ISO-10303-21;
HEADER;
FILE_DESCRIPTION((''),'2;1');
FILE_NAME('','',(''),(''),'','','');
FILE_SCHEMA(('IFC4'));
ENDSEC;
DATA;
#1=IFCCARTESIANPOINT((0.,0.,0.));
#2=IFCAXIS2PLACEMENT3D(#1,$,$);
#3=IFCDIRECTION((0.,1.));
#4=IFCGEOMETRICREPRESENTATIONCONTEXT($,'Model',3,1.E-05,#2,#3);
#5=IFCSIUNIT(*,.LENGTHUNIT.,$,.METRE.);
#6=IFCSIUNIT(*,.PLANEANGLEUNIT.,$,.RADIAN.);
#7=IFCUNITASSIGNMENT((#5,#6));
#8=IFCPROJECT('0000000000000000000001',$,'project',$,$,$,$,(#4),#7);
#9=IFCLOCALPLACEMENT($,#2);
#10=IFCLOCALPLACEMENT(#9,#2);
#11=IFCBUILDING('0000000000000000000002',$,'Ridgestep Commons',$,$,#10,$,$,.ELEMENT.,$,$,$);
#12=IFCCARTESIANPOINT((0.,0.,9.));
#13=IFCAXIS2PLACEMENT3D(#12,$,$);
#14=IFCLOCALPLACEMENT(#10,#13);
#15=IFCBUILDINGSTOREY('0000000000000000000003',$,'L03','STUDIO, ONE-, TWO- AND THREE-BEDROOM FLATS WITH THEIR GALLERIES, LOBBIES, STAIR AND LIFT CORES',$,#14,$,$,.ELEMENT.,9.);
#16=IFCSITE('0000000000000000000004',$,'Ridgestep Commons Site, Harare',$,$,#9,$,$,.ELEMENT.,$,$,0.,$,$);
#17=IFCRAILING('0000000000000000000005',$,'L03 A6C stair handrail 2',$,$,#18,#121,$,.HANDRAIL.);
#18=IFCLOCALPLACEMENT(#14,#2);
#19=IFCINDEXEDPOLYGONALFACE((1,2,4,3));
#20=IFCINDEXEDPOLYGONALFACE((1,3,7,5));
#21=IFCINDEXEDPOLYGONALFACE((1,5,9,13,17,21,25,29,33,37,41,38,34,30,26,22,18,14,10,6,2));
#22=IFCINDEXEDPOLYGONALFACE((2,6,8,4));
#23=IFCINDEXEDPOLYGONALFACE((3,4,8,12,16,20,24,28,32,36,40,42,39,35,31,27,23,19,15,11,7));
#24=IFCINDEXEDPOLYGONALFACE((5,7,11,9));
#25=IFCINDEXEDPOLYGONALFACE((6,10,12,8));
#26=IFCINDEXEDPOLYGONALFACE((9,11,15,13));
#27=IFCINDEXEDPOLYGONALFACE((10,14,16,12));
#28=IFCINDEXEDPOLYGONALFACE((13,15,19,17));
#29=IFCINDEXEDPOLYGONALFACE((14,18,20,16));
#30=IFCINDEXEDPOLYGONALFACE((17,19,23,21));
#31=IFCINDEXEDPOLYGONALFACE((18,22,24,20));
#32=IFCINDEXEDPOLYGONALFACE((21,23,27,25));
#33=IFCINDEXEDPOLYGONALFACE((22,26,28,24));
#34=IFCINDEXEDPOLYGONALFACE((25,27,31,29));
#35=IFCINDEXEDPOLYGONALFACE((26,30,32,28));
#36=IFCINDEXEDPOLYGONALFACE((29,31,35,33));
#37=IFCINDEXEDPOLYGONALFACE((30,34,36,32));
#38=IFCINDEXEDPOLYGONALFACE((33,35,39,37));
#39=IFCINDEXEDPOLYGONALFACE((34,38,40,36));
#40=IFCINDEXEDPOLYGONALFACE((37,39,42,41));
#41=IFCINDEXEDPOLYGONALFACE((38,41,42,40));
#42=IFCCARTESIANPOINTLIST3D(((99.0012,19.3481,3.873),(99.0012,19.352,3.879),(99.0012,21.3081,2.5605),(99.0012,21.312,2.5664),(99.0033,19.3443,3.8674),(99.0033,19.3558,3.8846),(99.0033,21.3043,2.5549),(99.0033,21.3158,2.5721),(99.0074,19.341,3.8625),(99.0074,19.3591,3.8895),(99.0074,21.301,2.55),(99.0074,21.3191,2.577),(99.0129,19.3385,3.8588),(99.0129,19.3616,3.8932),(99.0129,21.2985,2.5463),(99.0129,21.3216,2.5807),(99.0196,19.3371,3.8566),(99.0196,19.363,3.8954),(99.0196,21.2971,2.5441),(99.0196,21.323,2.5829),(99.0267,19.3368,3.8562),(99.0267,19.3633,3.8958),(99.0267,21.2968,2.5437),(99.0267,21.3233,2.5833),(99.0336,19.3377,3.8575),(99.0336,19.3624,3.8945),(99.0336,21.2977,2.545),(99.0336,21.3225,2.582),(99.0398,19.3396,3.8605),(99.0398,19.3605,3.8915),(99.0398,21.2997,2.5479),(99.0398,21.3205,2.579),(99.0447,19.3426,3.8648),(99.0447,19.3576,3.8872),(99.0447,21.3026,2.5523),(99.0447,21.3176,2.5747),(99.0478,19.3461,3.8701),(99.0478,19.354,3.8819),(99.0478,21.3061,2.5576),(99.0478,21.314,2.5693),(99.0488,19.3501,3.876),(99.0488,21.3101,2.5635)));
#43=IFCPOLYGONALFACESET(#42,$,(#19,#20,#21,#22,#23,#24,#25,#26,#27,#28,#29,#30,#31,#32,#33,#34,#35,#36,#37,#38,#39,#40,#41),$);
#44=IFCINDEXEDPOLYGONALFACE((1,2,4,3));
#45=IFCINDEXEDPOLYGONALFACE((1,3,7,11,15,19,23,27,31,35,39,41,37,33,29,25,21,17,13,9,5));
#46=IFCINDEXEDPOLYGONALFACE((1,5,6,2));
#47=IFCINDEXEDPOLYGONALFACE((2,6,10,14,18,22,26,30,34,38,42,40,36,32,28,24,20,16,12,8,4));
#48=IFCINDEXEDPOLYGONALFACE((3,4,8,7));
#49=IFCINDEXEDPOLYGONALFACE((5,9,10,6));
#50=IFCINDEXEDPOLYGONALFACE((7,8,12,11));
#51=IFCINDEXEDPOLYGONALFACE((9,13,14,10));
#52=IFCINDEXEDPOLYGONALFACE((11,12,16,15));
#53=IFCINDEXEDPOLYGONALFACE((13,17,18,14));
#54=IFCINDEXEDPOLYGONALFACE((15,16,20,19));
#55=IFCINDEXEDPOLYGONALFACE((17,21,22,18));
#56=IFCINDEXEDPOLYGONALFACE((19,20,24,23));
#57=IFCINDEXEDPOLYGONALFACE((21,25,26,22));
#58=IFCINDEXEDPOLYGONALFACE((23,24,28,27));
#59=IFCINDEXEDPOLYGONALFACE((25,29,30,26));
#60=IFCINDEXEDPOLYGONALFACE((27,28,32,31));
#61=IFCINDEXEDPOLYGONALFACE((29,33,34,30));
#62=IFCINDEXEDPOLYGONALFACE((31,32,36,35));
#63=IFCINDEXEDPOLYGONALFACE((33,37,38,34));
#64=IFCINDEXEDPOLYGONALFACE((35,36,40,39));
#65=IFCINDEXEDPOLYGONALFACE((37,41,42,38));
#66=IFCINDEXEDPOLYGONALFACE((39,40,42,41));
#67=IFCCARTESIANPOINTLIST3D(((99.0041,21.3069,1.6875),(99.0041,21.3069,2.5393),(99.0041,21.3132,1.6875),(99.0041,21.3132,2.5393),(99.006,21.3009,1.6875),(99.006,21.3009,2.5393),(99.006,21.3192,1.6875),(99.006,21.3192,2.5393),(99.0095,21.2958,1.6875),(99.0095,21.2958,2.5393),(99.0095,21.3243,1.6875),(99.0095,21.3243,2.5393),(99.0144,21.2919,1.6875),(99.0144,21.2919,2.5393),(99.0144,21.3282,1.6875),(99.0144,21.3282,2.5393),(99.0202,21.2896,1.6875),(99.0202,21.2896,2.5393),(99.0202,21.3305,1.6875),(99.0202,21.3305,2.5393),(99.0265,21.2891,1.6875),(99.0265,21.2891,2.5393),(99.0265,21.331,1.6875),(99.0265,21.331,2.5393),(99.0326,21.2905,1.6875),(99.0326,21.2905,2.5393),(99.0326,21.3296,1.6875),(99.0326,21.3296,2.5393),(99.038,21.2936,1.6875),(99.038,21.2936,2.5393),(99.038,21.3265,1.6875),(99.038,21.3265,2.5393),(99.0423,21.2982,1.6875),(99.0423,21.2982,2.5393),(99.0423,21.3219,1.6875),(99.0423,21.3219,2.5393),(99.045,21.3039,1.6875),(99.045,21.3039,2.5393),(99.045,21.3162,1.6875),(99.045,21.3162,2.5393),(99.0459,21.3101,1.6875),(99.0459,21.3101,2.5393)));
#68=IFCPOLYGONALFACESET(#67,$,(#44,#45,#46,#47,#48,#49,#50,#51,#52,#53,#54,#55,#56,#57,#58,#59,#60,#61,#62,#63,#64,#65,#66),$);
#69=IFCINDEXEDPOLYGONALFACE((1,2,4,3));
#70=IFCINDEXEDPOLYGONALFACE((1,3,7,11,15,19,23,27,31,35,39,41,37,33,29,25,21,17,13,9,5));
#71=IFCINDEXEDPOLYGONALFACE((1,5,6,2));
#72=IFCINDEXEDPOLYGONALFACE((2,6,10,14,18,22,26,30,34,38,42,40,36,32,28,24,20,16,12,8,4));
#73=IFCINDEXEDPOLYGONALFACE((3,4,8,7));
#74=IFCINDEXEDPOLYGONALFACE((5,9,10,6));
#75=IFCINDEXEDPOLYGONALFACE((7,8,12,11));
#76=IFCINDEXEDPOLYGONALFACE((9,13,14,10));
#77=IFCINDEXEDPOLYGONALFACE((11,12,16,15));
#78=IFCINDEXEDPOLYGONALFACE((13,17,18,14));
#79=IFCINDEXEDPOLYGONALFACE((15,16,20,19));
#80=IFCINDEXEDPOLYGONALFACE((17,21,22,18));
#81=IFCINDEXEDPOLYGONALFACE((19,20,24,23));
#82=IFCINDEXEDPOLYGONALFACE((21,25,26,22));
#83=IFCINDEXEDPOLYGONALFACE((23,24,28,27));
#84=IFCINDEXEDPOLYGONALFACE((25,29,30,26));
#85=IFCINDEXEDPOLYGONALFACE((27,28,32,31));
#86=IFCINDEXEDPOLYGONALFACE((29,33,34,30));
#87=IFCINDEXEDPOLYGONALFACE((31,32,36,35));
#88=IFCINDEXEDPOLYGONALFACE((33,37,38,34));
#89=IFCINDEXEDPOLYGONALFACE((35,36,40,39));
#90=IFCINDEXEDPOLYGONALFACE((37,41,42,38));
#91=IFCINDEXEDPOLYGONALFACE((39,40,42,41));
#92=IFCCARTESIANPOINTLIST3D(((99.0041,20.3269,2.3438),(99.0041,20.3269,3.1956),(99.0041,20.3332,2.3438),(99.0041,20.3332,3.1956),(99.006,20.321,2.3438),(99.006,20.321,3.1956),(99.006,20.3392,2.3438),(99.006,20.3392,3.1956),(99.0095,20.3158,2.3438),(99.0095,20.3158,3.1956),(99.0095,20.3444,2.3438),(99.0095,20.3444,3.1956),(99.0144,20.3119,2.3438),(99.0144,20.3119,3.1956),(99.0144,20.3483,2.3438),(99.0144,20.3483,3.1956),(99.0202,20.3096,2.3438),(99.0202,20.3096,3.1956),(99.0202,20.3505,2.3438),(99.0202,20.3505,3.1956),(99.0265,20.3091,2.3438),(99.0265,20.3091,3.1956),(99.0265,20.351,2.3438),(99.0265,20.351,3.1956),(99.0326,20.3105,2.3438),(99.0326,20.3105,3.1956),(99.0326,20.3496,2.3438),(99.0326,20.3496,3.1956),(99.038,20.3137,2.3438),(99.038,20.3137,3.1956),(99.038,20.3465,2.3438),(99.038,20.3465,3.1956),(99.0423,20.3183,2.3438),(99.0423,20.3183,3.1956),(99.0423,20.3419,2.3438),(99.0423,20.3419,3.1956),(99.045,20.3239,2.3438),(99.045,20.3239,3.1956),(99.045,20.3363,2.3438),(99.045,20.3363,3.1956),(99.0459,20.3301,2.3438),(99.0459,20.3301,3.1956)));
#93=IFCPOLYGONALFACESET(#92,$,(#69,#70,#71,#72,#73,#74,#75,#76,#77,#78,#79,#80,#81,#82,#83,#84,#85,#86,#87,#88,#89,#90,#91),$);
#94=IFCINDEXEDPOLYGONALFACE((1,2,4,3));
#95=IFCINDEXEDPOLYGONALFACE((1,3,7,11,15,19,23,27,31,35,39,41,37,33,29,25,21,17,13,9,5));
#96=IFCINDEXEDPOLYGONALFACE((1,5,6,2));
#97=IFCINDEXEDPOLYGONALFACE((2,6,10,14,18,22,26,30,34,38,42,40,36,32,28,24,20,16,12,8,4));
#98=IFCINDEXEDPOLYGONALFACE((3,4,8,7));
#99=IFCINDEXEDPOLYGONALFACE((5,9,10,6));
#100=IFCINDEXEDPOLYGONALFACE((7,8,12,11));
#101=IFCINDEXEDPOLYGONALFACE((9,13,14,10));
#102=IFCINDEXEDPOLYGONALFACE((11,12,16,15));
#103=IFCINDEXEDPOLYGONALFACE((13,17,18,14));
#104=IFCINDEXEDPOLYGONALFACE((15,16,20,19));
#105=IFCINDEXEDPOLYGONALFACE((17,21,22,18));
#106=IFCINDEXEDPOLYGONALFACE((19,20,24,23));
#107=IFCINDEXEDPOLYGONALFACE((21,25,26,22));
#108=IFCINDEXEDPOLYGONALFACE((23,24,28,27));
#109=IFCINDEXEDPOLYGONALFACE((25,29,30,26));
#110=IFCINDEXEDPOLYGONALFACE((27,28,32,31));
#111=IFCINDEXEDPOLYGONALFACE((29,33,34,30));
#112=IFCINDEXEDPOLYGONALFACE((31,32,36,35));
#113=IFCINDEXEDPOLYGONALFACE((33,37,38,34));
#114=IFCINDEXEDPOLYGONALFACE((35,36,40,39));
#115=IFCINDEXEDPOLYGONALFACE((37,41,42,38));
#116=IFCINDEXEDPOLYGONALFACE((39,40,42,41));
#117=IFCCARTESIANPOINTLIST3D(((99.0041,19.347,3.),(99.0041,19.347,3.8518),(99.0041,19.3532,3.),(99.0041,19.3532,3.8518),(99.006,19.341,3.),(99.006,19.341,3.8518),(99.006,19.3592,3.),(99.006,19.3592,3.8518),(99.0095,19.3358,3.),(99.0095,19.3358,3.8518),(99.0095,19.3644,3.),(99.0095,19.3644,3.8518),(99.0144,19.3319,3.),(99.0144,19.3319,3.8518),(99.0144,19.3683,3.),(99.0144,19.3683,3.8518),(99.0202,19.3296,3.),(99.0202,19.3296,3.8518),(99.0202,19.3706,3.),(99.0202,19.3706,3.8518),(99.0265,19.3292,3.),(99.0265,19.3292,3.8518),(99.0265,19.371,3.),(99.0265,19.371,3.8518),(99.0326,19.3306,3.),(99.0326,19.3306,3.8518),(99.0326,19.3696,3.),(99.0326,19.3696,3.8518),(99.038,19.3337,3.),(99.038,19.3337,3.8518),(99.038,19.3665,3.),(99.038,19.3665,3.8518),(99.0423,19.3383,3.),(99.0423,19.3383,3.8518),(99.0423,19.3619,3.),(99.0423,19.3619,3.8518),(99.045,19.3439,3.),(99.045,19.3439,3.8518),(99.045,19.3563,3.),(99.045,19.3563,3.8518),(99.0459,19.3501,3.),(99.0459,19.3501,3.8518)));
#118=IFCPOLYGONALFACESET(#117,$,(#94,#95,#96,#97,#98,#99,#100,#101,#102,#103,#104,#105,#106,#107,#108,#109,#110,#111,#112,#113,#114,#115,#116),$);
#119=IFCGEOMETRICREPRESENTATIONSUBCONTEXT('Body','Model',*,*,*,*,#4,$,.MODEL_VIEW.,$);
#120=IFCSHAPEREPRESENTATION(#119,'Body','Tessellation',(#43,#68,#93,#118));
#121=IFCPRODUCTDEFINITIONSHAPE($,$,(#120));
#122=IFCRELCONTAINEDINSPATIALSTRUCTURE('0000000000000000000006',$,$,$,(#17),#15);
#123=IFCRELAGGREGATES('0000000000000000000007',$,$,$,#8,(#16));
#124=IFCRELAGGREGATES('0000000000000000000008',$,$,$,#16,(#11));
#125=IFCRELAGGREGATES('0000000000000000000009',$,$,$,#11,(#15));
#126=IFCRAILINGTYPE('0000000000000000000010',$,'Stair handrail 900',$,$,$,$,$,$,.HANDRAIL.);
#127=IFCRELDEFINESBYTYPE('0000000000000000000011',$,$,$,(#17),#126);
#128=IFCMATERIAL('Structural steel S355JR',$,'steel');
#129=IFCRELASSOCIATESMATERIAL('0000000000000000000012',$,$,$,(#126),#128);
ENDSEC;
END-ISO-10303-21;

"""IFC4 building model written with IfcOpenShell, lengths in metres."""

from ifc_helpers import new_model, si_unit, direction, frame, origin, origin_2d, place, context, subcontext, project, spatial, circle, extrude, material, type_object, element, save


model = new_model("IFC4")

# Units and contexts
model_context = context("Model", 3, precision=1e-05, world=origin(), true_north=direction((0.0, 1.0)))
body_context = subcontext(model_context, "Body", "Model", "MODEL_VIEW")
ifc_project = project(units=[si_unit("LENGTHUNIT", "METRE"), si_unit("PLANEANGLEUNIT", "RADIAN")], contexts=[model_context])

# Site, building, storey
site_placement = place(None, origin())
site = spatial("IfcSite", under=ifc_project, at=site_placement, Name="Ridgestep Commons Site, Harare", CompositionType="ELEMENT", RefElevation=0.0)
building_placement = place(site_placement, origin())
building = spatial("IfcBuilding", under=site, at=building_placement, Name="Ridgestep Commons", CompositionType="ELEMENT")
storey_placement = place(building_placement, frame((0.0, 0.0, 9.0)))
storey = spatial("IfcBuildingStorey", under=building, at=storey_placement, Name="L03", Description="STUDIO, ONE-, TWO- AND THREE-BEDROOM FLATS WITH THEIR GALLERIES, LOBBIES, STAIR AND LIFT CORES", CompositionType="ELEMENT", Elevation=9.0)

# Railing
ifc_material_1 = material(Name="Structural steel S355JR", Category="steel")
railing_type_1 = type_object("IfcRailingType", Name="Stair handrail 900", PredefinedType="HANDRAIL", material=ifc_material_1)
for number, where, name in (
    (1, (99.0249, 21.3101, 1.6875), "L03 A6C stair handrail 2"),
):
    element("IfcRailing", number, at=place(storey_placement, frame(where)), inside=storey, type_object=railing_type_1, Name=name, PredefinedType="HANDRAIL", context=body_context, shape_type="SweptSolid", body=[
        extrude(circle(Radius=0.0239, at=origin_2d()), frame((0.0, 0.0, 0.876), z_axis=(0.0, -0.830902, 0.556419), x_axis=(1.0, 0.0, 0.0)), (0.0, 0.0, 1.0), 2.3589),
        extrude(circle(Radius=0.021, at=origin_2d()), origin(), (0.0, 0.0, 1.0), 0.8518),
        extrude(circle(Radius=0.021, at=origin_2d()), frame((0.0, -0.98, 0.6562)), (0.0, 0.0, 1.0), 0.8518),
        extrude(circle(Radius=0.021, at=origin_2d()), frame((0.0, -1.96, 1.3125)), (0.0, 0.0, 1.0), 0.8518),
    ])

save(model, "model.ifc")
